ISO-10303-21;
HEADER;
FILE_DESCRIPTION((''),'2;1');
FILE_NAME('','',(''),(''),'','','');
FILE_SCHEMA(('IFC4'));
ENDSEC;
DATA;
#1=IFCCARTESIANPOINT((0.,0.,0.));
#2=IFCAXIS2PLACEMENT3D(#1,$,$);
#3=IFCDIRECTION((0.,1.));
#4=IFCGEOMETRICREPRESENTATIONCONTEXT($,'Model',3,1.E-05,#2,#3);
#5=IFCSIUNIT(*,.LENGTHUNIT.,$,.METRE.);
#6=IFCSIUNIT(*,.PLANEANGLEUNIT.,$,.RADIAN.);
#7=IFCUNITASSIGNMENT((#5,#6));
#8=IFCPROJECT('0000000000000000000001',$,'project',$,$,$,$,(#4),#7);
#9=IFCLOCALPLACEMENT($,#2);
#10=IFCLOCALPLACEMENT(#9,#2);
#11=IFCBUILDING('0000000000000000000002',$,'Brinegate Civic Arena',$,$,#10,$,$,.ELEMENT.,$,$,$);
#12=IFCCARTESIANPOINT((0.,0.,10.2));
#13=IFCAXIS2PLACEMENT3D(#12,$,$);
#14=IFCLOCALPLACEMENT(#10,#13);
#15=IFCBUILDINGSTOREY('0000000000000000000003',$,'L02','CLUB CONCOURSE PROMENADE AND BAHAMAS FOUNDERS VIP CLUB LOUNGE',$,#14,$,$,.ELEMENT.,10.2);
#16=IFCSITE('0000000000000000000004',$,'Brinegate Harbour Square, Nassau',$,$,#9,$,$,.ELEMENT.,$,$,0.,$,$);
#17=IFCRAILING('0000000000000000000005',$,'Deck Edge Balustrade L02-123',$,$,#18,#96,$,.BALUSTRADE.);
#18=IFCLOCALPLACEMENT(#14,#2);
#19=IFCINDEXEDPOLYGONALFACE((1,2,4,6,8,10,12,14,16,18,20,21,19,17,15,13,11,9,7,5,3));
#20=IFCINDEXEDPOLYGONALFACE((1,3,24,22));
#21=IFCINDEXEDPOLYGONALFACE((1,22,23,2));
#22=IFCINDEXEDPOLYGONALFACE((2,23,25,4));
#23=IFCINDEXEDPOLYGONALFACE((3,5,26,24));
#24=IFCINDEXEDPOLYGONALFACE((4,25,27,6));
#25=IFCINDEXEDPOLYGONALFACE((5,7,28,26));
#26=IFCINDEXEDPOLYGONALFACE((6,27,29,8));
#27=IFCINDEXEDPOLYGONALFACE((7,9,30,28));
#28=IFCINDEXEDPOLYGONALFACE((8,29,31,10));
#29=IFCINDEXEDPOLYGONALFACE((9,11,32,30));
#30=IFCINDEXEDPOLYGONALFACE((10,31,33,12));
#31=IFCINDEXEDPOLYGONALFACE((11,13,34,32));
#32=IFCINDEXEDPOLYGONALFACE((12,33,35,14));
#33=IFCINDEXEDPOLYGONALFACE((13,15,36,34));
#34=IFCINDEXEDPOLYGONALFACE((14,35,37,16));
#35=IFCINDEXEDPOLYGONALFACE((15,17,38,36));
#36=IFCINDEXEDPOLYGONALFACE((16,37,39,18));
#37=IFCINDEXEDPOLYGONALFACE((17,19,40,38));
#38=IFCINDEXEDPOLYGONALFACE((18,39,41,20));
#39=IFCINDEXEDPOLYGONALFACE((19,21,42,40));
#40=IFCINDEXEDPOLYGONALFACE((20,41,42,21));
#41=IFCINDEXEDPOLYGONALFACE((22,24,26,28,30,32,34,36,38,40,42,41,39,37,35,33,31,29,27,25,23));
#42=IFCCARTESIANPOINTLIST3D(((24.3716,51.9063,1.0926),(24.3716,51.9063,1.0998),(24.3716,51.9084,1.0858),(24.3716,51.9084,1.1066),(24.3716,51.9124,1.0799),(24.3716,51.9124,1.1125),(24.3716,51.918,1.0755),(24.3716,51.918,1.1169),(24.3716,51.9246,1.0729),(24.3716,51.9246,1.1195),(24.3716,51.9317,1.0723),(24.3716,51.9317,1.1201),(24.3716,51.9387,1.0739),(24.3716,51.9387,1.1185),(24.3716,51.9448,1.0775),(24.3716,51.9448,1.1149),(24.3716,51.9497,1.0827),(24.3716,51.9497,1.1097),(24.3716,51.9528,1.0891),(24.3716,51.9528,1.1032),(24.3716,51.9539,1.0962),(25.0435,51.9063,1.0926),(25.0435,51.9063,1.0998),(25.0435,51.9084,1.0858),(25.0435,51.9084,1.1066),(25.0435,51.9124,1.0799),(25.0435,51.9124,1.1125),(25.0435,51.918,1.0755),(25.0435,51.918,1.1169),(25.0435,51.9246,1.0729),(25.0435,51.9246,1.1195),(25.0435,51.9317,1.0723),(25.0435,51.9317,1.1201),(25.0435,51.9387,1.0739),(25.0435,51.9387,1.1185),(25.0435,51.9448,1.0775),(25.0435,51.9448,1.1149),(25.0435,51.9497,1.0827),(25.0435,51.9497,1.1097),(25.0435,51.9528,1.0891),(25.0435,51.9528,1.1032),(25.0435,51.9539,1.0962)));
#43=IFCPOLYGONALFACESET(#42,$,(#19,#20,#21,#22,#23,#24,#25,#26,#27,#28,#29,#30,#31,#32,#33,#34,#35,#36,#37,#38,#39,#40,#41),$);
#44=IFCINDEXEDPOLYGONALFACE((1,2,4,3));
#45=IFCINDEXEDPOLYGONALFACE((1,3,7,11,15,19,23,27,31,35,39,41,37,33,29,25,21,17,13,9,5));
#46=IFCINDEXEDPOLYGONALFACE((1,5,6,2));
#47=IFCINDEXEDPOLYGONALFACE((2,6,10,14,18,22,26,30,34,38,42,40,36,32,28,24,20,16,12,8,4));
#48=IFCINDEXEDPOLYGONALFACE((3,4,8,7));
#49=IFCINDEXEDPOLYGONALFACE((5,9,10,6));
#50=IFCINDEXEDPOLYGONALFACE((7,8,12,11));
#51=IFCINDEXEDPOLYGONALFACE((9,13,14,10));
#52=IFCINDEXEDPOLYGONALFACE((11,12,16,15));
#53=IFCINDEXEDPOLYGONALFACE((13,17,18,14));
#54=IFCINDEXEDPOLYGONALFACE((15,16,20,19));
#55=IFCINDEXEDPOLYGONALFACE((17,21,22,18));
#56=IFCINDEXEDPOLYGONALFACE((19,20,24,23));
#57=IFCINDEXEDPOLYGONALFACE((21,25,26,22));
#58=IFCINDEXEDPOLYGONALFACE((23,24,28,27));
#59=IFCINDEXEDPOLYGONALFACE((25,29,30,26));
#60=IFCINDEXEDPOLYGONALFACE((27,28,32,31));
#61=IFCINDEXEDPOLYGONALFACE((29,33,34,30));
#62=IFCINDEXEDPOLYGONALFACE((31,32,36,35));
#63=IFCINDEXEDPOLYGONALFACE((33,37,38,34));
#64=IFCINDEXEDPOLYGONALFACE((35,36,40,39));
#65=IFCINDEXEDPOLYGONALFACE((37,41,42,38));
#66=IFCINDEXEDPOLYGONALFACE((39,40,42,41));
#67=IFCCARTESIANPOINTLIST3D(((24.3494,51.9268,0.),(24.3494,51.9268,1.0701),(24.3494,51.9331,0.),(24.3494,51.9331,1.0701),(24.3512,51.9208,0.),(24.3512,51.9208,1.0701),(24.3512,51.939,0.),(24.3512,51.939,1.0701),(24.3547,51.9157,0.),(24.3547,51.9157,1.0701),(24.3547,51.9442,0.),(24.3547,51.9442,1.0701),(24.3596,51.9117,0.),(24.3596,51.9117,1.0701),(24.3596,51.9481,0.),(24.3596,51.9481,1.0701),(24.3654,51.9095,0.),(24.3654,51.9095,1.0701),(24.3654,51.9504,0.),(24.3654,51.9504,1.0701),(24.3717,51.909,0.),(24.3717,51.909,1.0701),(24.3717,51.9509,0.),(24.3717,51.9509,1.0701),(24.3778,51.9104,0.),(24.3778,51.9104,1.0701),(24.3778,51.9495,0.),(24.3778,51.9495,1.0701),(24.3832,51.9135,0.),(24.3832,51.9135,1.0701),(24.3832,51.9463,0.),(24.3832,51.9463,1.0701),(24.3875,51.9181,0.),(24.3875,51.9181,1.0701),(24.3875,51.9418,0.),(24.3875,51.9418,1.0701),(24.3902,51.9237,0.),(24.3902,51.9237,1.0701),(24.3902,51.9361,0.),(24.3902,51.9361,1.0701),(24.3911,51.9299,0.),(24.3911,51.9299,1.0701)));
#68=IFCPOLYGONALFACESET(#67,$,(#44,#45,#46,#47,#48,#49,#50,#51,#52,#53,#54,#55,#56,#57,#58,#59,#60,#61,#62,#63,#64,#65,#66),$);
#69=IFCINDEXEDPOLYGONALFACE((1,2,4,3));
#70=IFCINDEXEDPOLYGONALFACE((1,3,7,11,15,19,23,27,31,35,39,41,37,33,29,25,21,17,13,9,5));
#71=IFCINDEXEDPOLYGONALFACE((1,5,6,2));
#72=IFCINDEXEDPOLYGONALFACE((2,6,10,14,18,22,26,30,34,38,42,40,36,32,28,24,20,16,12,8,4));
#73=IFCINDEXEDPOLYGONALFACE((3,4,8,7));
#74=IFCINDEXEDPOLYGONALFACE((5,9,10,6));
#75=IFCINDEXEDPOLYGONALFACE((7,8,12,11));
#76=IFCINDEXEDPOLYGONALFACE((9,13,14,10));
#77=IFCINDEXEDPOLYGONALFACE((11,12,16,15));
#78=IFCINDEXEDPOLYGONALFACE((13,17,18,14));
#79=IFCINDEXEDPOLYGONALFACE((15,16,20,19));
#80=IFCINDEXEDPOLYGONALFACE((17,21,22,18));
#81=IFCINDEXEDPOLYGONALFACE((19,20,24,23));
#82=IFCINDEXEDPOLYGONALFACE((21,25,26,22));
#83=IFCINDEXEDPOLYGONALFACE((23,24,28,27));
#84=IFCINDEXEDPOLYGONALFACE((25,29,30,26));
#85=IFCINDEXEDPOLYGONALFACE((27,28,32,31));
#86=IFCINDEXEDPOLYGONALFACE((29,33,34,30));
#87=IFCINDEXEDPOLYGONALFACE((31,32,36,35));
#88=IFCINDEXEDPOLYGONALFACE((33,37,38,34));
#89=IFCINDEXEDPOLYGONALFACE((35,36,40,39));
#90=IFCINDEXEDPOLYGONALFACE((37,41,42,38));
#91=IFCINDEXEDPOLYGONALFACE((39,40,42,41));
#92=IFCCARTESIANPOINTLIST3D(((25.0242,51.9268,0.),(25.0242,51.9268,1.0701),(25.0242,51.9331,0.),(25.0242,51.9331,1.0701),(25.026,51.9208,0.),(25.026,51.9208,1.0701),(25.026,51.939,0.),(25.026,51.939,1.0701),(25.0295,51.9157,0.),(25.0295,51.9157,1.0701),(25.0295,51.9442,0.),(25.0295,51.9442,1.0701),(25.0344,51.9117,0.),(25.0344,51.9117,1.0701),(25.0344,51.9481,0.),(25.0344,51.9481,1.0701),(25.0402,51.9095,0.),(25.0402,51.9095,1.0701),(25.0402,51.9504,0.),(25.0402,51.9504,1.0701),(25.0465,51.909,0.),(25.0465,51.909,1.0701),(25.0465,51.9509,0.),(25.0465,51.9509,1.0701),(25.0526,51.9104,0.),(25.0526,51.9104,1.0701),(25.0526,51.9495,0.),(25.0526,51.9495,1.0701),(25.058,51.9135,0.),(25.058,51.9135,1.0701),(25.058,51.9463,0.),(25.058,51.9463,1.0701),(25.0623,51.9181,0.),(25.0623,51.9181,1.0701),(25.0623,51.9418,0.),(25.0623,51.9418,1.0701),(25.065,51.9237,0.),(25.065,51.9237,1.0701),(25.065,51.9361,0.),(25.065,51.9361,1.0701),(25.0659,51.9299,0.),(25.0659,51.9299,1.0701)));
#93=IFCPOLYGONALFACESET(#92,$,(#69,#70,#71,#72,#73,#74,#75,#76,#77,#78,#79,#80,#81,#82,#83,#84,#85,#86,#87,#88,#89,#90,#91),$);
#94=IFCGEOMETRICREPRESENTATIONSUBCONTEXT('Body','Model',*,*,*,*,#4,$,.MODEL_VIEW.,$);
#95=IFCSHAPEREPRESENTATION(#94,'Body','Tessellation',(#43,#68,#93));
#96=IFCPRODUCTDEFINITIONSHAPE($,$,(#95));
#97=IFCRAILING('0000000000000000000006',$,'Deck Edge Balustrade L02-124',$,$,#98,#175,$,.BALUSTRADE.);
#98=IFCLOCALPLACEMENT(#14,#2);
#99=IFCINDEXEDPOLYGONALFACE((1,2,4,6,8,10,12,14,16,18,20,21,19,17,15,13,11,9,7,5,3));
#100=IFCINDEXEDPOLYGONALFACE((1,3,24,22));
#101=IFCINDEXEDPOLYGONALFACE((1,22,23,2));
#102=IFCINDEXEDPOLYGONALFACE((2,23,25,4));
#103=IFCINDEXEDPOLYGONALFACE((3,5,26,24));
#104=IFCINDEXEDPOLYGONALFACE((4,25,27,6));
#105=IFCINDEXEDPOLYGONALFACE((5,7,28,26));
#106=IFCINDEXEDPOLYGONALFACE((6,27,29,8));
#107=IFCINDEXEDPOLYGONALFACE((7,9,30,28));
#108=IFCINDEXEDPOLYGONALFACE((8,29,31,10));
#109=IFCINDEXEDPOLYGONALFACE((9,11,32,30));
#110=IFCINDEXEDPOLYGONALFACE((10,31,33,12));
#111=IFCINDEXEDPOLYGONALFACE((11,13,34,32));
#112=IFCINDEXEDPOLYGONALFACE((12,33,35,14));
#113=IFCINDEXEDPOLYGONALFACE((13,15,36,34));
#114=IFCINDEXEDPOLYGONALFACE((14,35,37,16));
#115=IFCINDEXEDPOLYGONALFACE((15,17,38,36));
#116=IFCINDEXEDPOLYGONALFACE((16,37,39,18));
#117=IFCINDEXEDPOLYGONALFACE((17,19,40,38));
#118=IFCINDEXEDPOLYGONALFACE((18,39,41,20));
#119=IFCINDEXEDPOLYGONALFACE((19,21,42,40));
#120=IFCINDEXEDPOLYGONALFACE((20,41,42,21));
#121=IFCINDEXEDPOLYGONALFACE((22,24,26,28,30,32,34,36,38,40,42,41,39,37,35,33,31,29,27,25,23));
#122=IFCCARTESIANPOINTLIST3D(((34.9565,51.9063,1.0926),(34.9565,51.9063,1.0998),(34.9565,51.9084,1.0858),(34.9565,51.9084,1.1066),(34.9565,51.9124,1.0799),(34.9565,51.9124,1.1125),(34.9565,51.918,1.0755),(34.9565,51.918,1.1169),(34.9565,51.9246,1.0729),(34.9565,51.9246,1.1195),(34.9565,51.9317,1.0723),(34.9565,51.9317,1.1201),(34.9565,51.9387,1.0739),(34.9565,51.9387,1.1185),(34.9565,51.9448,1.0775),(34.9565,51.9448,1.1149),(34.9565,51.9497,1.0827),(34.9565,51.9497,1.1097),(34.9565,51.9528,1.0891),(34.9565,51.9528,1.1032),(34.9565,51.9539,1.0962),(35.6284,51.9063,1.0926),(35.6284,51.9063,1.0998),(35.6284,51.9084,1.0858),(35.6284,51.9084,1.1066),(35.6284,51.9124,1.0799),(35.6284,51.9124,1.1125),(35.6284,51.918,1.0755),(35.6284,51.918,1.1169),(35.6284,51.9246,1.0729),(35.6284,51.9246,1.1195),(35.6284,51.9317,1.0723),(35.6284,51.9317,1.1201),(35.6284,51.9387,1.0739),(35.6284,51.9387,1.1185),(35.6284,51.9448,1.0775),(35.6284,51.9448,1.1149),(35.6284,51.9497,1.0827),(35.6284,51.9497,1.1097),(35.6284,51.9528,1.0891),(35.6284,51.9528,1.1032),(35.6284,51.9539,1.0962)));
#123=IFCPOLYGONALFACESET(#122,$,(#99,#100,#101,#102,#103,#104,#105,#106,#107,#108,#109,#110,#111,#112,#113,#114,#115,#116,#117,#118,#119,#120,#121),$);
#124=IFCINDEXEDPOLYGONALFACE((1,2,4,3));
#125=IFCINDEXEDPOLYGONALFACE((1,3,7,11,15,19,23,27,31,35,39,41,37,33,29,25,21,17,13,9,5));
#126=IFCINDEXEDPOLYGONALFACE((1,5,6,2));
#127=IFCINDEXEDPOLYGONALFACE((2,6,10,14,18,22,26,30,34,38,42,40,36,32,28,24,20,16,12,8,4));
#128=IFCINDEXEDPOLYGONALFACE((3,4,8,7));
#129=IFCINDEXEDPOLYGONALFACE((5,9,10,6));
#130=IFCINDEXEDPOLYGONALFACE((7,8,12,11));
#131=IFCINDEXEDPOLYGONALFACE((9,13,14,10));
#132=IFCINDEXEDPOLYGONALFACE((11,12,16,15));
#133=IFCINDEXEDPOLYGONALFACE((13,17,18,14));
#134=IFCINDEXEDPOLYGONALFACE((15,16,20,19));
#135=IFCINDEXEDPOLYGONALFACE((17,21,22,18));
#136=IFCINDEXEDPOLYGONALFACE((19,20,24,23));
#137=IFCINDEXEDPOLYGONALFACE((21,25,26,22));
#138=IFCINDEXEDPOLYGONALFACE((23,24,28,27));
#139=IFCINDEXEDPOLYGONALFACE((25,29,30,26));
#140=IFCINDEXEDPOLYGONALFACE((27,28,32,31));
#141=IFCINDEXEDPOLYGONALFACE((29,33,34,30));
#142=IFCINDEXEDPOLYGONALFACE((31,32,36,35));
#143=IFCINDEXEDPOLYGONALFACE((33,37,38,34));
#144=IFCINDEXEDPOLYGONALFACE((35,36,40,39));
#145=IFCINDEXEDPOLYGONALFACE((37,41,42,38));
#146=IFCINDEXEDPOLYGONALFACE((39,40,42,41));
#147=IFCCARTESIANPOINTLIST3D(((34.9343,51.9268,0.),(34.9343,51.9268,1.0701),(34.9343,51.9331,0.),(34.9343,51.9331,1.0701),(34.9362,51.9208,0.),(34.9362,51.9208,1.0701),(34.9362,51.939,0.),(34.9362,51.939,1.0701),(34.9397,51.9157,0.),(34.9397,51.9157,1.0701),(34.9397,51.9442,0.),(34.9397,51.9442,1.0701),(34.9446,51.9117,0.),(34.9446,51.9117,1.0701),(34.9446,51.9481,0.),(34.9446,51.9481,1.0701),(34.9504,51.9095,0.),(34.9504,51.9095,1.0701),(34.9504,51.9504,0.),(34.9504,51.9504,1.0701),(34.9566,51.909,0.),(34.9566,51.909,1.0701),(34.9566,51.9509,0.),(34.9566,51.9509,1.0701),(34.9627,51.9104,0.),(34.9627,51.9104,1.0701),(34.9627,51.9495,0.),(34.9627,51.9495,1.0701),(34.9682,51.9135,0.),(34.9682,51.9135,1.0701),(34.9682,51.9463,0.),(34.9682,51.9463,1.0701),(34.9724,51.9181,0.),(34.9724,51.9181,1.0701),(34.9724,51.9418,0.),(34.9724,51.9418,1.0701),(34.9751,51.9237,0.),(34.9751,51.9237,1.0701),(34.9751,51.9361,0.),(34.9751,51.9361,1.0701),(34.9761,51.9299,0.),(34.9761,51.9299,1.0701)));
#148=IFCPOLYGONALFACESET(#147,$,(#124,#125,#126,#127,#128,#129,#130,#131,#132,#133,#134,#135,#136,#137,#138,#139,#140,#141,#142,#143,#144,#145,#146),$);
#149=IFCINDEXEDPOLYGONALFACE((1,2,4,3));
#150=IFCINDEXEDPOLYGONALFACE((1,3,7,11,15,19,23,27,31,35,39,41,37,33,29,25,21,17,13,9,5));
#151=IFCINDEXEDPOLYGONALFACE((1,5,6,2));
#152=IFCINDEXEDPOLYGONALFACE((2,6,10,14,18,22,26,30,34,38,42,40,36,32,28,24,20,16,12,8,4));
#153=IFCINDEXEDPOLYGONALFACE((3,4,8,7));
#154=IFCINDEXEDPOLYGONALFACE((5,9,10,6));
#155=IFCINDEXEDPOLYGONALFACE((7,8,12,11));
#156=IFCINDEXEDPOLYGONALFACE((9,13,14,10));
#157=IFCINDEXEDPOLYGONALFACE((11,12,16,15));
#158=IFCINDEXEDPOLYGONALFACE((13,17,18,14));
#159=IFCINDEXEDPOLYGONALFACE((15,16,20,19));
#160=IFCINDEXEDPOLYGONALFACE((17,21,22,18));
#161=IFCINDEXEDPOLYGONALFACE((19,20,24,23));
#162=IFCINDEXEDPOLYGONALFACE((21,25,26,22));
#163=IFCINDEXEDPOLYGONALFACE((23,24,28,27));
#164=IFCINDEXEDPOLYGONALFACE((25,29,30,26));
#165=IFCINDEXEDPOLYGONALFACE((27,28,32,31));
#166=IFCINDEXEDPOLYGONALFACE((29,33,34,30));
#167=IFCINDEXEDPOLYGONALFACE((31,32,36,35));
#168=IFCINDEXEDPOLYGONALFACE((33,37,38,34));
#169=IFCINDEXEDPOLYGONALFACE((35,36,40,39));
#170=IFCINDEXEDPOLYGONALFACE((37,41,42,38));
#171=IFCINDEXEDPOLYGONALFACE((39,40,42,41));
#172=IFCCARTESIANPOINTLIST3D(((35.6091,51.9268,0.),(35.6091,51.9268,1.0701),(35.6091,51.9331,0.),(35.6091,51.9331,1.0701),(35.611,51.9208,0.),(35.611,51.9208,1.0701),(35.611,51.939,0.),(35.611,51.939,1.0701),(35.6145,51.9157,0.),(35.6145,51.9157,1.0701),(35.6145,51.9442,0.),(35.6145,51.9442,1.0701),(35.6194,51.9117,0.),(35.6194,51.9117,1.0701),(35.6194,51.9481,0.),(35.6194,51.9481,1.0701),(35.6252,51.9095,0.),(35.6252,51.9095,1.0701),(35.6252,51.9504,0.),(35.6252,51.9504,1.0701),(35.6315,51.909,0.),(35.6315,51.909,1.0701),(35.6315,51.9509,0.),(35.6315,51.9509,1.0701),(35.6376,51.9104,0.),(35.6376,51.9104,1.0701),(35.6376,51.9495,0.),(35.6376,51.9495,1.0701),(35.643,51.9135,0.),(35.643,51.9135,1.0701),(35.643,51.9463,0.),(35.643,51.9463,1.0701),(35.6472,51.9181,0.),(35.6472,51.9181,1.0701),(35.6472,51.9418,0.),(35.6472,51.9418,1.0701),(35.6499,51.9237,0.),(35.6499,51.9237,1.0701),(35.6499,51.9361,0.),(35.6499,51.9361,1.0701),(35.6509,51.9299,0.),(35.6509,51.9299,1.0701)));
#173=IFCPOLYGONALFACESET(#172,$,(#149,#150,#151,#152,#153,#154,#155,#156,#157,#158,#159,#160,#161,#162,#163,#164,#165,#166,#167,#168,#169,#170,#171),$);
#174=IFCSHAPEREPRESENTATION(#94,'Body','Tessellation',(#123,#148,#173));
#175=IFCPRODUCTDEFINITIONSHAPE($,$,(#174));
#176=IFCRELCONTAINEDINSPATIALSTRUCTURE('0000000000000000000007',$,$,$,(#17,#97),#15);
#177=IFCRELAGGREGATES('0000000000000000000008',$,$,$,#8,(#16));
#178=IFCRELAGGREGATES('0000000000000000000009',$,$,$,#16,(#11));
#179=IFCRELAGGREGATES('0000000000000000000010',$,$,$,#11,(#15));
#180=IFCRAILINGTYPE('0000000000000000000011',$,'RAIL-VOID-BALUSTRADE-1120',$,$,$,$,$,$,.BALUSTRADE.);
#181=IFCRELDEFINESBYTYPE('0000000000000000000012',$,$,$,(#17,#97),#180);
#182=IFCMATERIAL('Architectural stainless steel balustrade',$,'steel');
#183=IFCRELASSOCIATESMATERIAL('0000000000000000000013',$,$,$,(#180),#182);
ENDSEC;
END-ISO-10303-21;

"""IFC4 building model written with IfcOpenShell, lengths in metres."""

from ifc_helpers import new_model, si_unit, direction, frame, origin, origin_2d, place, context, subcontext, project, spatial, circle, extrude, material, type_object, element, save


model = new_model("IFC4")

# Units and contexts
model_context = context("Model", 3, precision=1e-05, world=origin(), true_north=direction((0.0, 1.0)))
body_context = subcontext(model_context, "Body", "Model", "MODEL_VIEW")
ifc_project = project(units=[si_unit("LENGTHUNIT", "METRE"), si_unit("PLANEANGLEUNIT", "RADIAN")], contexts=[model_context])

# Site, building, storey
site_placement = place(None, origin())
site = spatial("IfcSite", under=ifc_project, at=site_placement, Name="Brinegate Harbour Square, Nassau", CompositionType="ELEMENT", RefElevation=0.0)
building_placement = place(site_placement, origin())
building = spatial("IfcBuilding", under=site, at=building_placement, Name="Brinegate Civic Arena", CompositionType="ELEMENT")
storey_placement = place(building_placement, frame((0.0, 0.0, 10.2)))
storey = spatial("IfcBuildingStorey", under=building, at=storey_placement, Name="L02", Description="CLUB CONCOURSE PROMENADE AND BAHAMAS FOUNDERS VIP CLUB LOUNGE", CompositionType="ELEMENT", Elevation=10.2)

# Railings
ifc_material_1 = material(Name="Architectural stainless steel balustrade", Category="steel")
railing_type = type_object("IfcRailingType", Name="RAIL-VOID-BALUSTRADE-1120", PredefinedType="BALUSTRADE", material=ifc_material_1)
for number, where, name in (
    (1, (24.3701, 51.9299, 0.0), "Deck Edge Balustrade L02-123"),
    (2, (34.9551, 51.9299, 0.0), "Deck Edge Balustrade L02-124"),
):
    element("IfcRailing", number, at=place(storey_placement, frame(where)), inside=storey, type_object=railing_type, Name=name, PredefinedType="BALUSTRADE", context=body_context, shape_type="SweptSolid", body=[
        extrude(circle(Radius=0.0239, at=origin_2d()), frame((0.0015, 0.0, 1.0962), z_axis=(1.0, 0.0, 0.0), x_axis=(0.0, 1.0, 0.0)), (0.0, 0.0, 1.0), 0.6719),
        extrude(circle(Radius=0.021, at=origin_2d()), origin(), (0.0, 0.0, 1.0), 1.0701),
        extrude(circle(Radius=0.021, at=origin_2d()), frame((0.6748, 0.0, 0.0)), (0.0, 0.0, 1.0), 1.0701),
    ])

save(model, "model.ifc")
